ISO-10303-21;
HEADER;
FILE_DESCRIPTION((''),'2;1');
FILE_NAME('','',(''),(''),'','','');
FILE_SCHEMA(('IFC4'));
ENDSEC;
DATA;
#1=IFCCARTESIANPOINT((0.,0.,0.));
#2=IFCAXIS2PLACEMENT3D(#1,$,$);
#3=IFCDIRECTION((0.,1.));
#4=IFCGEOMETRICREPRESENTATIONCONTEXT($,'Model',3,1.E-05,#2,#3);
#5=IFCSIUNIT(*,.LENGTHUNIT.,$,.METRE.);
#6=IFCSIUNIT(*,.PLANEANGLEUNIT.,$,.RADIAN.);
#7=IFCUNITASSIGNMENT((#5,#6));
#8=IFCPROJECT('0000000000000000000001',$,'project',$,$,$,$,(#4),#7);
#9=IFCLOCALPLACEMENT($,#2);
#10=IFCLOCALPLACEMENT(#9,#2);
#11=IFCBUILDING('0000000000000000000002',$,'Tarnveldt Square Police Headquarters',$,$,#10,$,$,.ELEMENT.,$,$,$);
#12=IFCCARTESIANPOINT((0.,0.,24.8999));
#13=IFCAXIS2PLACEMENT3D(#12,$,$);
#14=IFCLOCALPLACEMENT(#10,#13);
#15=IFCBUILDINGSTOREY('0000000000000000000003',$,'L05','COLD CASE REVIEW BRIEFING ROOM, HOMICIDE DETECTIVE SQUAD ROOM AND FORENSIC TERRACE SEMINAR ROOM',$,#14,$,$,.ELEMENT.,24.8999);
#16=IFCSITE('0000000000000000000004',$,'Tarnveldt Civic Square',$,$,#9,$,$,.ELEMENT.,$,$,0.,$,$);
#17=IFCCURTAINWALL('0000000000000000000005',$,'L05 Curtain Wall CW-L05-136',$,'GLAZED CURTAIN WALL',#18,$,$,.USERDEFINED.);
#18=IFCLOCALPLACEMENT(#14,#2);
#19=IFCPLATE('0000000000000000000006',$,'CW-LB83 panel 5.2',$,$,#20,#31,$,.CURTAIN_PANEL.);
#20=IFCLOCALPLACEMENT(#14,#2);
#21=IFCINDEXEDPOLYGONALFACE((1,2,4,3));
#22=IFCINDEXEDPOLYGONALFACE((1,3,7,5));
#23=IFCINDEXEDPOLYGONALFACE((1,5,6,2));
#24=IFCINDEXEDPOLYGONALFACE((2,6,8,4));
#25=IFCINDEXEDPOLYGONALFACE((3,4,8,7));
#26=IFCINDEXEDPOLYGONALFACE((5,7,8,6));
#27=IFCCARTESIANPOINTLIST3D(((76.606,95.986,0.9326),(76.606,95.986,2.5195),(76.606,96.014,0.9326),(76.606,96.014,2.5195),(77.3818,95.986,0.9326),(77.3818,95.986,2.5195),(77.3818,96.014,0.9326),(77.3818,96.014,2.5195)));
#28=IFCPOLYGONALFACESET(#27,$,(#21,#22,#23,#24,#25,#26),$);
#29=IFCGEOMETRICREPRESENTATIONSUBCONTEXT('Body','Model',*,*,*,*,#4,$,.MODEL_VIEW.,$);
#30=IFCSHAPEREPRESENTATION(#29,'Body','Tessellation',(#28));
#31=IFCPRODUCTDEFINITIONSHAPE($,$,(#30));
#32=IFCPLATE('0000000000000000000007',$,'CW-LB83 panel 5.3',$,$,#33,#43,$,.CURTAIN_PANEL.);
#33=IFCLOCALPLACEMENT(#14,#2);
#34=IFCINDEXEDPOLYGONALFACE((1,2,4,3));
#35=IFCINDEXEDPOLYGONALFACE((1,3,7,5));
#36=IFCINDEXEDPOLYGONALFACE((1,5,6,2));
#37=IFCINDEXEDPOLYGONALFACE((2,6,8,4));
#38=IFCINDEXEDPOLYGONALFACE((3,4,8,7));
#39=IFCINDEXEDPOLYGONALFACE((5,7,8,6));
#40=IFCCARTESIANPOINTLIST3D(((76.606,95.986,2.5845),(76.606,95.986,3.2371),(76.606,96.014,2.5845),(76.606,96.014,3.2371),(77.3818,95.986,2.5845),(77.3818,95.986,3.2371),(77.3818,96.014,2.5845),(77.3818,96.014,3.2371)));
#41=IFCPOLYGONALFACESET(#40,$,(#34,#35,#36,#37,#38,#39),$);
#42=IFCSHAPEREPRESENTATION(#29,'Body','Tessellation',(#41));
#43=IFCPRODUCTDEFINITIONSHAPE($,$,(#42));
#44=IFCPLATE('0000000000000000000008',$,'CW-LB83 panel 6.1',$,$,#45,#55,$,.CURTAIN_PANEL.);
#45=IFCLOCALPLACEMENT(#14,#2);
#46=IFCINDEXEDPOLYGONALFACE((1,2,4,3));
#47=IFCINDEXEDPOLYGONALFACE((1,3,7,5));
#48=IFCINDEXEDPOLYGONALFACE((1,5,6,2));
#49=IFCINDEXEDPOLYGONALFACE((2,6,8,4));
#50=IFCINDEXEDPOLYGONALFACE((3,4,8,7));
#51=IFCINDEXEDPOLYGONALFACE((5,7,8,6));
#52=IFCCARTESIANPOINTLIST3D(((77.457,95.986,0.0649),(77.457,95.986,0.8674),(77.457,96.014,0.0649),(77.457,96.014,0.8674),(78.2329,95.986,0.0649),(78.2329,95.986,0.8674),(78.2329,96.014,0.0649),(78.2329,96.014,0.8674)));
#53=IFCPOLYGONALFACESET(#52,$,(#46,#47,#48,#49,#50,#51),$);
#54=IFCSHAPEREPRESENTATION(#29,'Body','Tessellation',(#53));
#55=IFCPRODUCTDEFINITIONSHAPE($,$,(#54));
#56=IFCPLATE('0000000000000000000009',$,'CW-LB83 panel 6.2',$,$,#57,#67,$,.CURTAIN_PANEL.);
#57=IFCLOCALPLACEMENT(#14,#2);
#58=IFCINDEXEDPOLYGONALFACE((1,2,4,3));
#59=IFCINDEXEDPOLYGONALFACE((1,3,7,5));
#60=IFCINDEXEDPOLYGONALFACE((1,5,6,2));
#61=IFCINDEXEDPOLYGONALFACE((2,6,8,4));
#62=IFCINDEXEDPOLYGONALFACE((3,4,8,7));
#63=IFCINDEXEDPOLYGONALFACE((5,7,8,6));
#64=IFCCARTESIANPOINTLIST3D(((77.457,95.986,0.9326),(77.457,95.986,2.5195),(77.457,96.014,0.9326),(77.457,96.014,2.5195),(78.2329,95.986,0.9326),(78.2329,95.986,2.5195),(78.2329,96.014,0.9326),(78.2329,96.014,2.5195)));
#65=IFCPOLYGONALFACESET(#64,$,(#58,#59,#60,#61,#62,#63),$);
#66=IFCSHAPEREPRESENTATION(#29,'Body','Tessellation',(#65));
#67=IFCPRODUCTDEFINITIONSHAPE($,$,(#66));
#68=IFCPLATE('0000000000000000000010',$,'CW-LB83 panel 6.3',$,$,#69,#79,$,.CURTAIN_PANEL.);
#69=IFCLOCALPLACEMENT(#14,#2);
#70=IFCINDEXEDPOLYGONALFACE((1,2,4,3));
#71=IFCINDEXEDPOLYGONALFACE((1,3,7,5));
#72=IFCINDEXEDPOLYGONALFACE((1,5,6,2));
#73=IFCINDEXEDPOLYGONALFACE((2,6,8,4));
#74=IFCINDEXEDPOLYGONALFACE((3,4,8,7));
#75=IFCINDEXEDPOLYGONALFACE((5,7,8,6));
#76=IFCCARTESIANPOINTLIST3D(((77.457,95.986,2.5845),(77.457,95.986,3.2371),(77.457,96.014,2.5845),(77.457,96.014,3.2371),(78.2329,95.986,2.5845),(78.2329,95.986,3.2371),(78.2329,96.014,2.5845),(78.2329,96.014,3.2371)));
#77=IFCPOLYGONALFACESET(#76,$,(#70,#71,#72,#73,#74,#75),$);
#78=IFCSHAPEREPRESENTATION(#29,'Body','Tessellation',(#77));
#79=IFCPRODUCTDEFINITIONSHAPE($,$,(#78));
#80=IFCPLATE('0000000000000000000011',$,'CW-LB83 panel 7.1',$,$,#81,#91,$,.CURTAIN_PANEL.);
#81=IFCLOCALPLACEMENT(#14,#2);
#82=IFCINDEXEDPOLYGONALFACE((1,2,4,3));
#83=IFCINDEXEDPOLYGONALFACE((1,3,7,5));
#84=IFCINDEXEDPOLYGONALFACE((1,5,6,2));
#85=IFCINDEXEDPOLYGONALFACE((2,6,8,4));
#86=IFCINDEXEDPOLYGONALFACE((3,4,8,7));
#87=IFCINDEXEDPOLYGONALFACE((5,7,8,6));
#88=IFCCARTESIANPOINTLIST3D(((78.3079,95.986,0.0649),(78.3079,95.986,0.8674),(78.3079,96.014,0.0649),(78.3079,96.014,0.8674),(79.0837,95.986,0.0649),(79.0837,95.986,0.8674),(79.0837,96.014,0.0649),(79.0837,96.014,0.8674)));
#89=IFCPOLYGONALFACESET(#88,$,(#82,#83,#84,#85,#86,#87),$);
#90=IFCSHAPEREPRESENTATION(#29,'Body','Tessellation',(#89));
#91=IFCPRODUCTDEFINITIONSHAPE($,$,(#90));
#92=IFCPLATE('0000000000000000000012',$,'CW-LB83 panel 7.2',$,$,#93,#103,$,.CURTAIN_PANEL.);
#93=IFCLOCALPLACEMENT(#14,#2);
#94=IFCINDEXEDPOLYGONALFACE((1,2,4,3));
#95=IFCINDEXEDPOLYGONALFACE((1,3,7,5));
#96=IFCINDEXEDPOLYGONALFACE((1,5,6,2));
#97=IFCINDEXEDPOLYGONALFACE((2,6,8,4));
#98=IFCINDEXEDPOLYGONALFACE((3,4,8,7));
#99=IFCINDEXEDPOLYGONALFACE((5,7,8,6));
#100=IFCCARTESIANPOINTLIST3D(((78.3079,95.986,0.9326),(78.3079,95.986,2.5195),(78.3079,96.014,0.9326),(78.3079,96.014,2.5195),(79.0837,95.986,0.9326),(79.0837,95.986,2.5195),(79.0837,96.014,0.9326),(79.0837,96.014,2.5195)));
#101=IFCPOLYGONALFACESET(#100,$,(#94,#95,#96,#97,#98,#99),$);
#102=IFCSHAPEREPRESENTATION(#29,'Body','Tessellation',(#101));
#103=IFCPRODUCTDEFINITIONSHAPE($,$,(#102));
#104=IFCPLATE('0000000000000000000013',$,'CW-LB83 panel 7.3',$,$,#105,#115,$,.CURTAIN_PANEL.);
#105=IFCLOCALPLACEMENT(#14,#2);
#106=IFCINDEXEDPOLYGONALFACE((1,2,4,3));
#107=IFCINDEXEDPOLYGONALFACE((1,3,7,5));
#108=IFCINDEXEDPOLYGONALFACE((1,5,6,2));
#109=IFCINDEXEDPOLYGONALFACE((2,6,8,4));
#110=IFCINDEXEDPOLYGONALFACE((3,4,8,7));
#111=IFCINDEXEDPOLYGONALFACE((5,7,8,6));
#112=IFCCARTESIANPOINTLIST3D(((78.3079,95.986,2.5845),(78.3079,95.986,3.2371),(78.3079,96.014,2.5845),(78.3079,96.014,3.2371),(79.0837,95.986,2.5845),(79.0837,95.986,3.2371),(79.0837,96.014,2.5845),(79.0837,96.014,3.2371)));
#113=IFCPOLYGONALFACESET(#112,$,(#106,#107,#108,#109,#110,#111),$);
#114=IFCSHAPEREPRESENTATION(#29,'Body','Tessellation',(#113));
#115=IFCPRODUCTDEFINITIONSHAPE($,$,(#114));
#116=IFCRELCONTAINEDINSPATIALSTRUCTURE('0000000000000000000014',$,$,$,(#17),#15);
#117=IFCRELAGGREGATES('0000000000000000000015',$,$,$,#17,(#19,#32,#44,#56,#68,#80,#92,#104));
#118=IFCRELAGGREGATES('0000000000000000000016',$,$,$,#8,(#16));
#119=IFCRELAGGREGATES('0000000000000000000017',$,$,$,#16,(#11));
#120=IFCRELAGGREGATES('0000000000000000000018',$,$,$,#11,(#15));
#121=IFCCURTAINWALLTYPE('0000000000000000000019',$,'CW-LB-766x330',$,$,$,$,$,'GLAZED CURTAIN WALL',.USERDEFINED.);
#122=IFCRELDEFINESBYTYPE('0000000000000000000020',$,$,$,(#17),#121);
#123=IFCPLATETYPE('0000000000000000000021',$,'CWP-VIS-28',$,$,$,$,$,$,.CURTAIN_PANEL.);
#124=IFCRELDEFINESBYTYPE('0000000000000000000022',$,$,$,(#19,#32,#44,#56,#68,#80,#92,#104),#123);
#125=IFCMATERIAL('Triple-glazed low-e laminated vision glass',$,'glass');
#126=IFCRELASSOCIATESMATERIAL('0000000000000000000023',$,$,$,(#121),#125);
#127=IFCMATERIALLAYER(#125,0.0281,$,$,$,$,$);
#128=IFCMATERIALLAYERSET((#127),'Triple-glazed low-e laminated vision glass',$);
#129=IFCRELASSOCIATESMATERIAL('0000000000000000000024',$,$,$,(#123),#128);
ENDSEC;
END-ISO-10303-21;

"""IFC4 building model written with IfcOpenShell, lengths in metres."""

from ifc_helpers import new_model, si_unit, direction, frame, origin, origin_2d, place, context, subcontext, project, spatial, rectangle, extrude, material, layer, layer_set, type_object, element, aggregate, save


model = new_model("IFC4")

# Units and contexts
model_context = context("Model", 3, precision=1e-05, world=origin(), true_north=direction((0.0, 1.0)))
body_context = subcontext(model_context, "Body", "Model", "MODEL_VIEW")
ifc_project = project(units=[si_unit("LENGTHUNIT", "METRE"), si_unit("PLANEANGLEUNIT", "RADIAN")], contexts=[model_context])

# Site, building, storey
site_placement = place(None, origin())
site = spatial("IfcSite", under=ifc_project, at=site_placement, Name="Tarnveldt Civic Square", CompositionType="ELEMENT", RefElevation=0.0)
building_placement = place(site_placement, origin())
building = spatial("IfcBuilding", under=site, at=building_placement, Name="Tarnveldt Square Police Headquarters", CompositionType="ELEMENT")
storey_placement = place(building_placement, frame((0.0, 0.0, 24.8999)))
storey = spatial("IfcBuildingStorey", under=building, at=storey_placement, Name="L05", Description="COLD CASE REVIEW BRIEFING ROOM, HOMICIDE DETECTIVE SQUAD ROOM AND FORENSIC TERRACE SEMINAR ROOM", CompositionType="ELEMENT", Elevation=24.8999)

# Curtain wall, plates
ifc_material_1 = material(Name="Triple-glazed low-e laminated vision glass", Category="glass")
curtain_wall_type = type_object("IfcCurtainWallType", Name="CW-LB-766x330", ElementType="GLAZED CURTAIN WALL", PredefinedType="USERDEFINED", material=ifc_material_1)
curtain_wall_placement = place(storey_placement, origin())
curtain_wall = element("IfcCurtainWall", 1, at=curtain_wall_placement, inside=storey, type_object=curtain_wall_type, Name="L05 Curtain Wall CW-L05-136", ObjectType="GLAZED CURTAIN WALL", PredefinedType="USERDEFINED")
ifc_layer = layer(ifc_material_1, 0.0281)
ifc_layer_set = layer_set([ifc_layer], Name="Triple-glazed low-e laminated vision glass")
plate_type = type_object("IfcPlateType", Name="CWP-VIS-28", PredefinedType="CURTAIN_PANEL", material=ifc_layer_set)
plate_1_placement = place(storey_placement, frame((76.9939, 96.0, 0.9326), z_axis=(0.0, 0.0, 1.0), x_axis=(1.0, 0.0, 0.0)))
plate_1 = element("IfcPlate", 2, at=plate_1_placement, type_object=plate_type, Name="CW-LB83 panel 5.2", PredefinedType="CURTAIN_PANEL", context=body_context, shape_type="SweptSolid", body=[
    extrude(rectangle(XDim=0.7759, YDim=0.0281, at=origin_2d()), origin(), (0.0, 0.0, 1.0), 1.5869),
])
plate_2_placement = place(storey_placement, frame((76.9939, 96.0, 2.5845), z_axis=(0.0, 0.0, 1.0), x_axis=(1.0, 0.0, 0.0)))
plate_2 = element("IfcPlate", 3, at=plate_2_placement, type_object=plate_type, Name="CW-LB83 panel 5.3", PredefinedType="CURTAIN_PANEL", context=body_context, shape_type="SweptSolid", body=[
    extrude(rectangle(XDim=0.7759, YDim=0.0281, at=origin_2d()), origin(), (0.0, 0.0, 1.0), 0.6526),
])
plate_3_placement = place(storey_placement, frame((77.845, 96.0, 0.0649), z_axis=(0.0, 0.0, 1.0), x_axis=(1.0, 0.0, 0.0)))
plate_3 = element("IfcPlate", 4, at=plate_3_placement, type_object=plate_type, Name="CW-LB83 panel 6.1", PredefinedType="CURTAIN_PANEL", context=body_context, shape_type="SweptSolid", body=[
    extrude(rectangle(XDim=0.7759, YDim=0.0281, at=origin_2d()), origin(), (0.0, 0.0, 1.0), 0.8025),
])
plate_4_placement = place(storey_placement, frame((77.845, 96.0, 0.9326), z_axis=(0.0, 0.0, 1.0), x_axis=(1.0, 0.0, 0.0)))
plate_4 = element("IfcPlate", 5, at=plate_4_placement, type_object=plate_type, Name="CW-LB83 panel 6.2", PredefinedType="CURTAIN_PANEL", context=body_context, shape_type="SweptSolid", body=[
    extrude(rectangle(XDim=0.7759, YDim=0.0281, at=origin_2d()), origin(), (0.0, 0.0, 1.0), 1.5869),
])
plate_5_placement = place(storey_placement, frame((77.845, 96.0, 2.5845), z_axis=(0.0, 0.0, 1.0), x_axis=(1.0, 0.0, 0.0)))
plate_5 = element("IfcPlate", 6, at=plate_5_placement, type_object=plate_type, Name="CW-LB83 panel 6.3", PredefinedType="CURTAIN_PANEL", context=body_context, shape_type="SweptSolid", body=[
    extrude(rectangle(XDim=0.7759, YDim=0.0281, at=origin_2d()), origin(), (0.0, 0.0, 1.0), 0.6526),
])
plate_6_placement = place(storey_placement, frame((78.6958, 96.0, 0.0649), z_axis=(0.0, 0.0, 1.0), x_axis=(1.0, 0.0, 0.0)))
plate_6 = element("IfcPlate", 7, at=plate_6_placement, type_object=plate_type, Name="CW-LB83 panel 7.1", PredefinedType="CURTAIN_PANEL", context=body_context, shape_type="SweptSolid", body=[
    extrude(rectangle(XDim=0.7759, YDim=0.0281, at=origin_2d()), origin(), (0.0, 0.0, 1.0), 0.8025),
])
plate_7_placement = place(storey_placement, frame((78.6958, 96.0, 0.9326), z_axis=(0.0, 0.0, 1.0), x_axis=(1.0, 0.0, 0.0)))
plate_7 = element("IfcPlate", 8, at=plate_7_placement, type_object=plate_type, Name="CW-LB83 panel 7.2", PredefinedType="CURTAIN_PANEL", context=body_context, shape_type="SweptSolid", body=[
    extrude(rectangle(XDim=0.7759, YDim=0.0281, at=origin_2d()), origin(), (0.0, 0.0, 1.0), 1.5869),
])
plate_8_placement = place(storey_placement, frame((78.6958, 96.0, 2.5845), z_axis=(0.0, 0.0, 1.0), x_axis=(1.0, 0.0, 0.0)))
plate_8 = element("IfcPlate", 9, at=plate_8_placement, type_object=plate_type, Name="CW-LB83 panel 7.3", PredefinedType="CURTAIN_PANEL", context=body_context, shape_type="SweptSolid", body=[
    extrude(rectangle(XDim=0.7759, YDim=0.0281, at=origin_2d()), origin(), (0.0, 0.0, 1.0), 0.6526),
])
aggregate(curtain_wall, [plate_1, plate_2, plate_3, plate_4, plate_5, plate_6, plate_7, plate_8])

save(model, "model.ifc")
